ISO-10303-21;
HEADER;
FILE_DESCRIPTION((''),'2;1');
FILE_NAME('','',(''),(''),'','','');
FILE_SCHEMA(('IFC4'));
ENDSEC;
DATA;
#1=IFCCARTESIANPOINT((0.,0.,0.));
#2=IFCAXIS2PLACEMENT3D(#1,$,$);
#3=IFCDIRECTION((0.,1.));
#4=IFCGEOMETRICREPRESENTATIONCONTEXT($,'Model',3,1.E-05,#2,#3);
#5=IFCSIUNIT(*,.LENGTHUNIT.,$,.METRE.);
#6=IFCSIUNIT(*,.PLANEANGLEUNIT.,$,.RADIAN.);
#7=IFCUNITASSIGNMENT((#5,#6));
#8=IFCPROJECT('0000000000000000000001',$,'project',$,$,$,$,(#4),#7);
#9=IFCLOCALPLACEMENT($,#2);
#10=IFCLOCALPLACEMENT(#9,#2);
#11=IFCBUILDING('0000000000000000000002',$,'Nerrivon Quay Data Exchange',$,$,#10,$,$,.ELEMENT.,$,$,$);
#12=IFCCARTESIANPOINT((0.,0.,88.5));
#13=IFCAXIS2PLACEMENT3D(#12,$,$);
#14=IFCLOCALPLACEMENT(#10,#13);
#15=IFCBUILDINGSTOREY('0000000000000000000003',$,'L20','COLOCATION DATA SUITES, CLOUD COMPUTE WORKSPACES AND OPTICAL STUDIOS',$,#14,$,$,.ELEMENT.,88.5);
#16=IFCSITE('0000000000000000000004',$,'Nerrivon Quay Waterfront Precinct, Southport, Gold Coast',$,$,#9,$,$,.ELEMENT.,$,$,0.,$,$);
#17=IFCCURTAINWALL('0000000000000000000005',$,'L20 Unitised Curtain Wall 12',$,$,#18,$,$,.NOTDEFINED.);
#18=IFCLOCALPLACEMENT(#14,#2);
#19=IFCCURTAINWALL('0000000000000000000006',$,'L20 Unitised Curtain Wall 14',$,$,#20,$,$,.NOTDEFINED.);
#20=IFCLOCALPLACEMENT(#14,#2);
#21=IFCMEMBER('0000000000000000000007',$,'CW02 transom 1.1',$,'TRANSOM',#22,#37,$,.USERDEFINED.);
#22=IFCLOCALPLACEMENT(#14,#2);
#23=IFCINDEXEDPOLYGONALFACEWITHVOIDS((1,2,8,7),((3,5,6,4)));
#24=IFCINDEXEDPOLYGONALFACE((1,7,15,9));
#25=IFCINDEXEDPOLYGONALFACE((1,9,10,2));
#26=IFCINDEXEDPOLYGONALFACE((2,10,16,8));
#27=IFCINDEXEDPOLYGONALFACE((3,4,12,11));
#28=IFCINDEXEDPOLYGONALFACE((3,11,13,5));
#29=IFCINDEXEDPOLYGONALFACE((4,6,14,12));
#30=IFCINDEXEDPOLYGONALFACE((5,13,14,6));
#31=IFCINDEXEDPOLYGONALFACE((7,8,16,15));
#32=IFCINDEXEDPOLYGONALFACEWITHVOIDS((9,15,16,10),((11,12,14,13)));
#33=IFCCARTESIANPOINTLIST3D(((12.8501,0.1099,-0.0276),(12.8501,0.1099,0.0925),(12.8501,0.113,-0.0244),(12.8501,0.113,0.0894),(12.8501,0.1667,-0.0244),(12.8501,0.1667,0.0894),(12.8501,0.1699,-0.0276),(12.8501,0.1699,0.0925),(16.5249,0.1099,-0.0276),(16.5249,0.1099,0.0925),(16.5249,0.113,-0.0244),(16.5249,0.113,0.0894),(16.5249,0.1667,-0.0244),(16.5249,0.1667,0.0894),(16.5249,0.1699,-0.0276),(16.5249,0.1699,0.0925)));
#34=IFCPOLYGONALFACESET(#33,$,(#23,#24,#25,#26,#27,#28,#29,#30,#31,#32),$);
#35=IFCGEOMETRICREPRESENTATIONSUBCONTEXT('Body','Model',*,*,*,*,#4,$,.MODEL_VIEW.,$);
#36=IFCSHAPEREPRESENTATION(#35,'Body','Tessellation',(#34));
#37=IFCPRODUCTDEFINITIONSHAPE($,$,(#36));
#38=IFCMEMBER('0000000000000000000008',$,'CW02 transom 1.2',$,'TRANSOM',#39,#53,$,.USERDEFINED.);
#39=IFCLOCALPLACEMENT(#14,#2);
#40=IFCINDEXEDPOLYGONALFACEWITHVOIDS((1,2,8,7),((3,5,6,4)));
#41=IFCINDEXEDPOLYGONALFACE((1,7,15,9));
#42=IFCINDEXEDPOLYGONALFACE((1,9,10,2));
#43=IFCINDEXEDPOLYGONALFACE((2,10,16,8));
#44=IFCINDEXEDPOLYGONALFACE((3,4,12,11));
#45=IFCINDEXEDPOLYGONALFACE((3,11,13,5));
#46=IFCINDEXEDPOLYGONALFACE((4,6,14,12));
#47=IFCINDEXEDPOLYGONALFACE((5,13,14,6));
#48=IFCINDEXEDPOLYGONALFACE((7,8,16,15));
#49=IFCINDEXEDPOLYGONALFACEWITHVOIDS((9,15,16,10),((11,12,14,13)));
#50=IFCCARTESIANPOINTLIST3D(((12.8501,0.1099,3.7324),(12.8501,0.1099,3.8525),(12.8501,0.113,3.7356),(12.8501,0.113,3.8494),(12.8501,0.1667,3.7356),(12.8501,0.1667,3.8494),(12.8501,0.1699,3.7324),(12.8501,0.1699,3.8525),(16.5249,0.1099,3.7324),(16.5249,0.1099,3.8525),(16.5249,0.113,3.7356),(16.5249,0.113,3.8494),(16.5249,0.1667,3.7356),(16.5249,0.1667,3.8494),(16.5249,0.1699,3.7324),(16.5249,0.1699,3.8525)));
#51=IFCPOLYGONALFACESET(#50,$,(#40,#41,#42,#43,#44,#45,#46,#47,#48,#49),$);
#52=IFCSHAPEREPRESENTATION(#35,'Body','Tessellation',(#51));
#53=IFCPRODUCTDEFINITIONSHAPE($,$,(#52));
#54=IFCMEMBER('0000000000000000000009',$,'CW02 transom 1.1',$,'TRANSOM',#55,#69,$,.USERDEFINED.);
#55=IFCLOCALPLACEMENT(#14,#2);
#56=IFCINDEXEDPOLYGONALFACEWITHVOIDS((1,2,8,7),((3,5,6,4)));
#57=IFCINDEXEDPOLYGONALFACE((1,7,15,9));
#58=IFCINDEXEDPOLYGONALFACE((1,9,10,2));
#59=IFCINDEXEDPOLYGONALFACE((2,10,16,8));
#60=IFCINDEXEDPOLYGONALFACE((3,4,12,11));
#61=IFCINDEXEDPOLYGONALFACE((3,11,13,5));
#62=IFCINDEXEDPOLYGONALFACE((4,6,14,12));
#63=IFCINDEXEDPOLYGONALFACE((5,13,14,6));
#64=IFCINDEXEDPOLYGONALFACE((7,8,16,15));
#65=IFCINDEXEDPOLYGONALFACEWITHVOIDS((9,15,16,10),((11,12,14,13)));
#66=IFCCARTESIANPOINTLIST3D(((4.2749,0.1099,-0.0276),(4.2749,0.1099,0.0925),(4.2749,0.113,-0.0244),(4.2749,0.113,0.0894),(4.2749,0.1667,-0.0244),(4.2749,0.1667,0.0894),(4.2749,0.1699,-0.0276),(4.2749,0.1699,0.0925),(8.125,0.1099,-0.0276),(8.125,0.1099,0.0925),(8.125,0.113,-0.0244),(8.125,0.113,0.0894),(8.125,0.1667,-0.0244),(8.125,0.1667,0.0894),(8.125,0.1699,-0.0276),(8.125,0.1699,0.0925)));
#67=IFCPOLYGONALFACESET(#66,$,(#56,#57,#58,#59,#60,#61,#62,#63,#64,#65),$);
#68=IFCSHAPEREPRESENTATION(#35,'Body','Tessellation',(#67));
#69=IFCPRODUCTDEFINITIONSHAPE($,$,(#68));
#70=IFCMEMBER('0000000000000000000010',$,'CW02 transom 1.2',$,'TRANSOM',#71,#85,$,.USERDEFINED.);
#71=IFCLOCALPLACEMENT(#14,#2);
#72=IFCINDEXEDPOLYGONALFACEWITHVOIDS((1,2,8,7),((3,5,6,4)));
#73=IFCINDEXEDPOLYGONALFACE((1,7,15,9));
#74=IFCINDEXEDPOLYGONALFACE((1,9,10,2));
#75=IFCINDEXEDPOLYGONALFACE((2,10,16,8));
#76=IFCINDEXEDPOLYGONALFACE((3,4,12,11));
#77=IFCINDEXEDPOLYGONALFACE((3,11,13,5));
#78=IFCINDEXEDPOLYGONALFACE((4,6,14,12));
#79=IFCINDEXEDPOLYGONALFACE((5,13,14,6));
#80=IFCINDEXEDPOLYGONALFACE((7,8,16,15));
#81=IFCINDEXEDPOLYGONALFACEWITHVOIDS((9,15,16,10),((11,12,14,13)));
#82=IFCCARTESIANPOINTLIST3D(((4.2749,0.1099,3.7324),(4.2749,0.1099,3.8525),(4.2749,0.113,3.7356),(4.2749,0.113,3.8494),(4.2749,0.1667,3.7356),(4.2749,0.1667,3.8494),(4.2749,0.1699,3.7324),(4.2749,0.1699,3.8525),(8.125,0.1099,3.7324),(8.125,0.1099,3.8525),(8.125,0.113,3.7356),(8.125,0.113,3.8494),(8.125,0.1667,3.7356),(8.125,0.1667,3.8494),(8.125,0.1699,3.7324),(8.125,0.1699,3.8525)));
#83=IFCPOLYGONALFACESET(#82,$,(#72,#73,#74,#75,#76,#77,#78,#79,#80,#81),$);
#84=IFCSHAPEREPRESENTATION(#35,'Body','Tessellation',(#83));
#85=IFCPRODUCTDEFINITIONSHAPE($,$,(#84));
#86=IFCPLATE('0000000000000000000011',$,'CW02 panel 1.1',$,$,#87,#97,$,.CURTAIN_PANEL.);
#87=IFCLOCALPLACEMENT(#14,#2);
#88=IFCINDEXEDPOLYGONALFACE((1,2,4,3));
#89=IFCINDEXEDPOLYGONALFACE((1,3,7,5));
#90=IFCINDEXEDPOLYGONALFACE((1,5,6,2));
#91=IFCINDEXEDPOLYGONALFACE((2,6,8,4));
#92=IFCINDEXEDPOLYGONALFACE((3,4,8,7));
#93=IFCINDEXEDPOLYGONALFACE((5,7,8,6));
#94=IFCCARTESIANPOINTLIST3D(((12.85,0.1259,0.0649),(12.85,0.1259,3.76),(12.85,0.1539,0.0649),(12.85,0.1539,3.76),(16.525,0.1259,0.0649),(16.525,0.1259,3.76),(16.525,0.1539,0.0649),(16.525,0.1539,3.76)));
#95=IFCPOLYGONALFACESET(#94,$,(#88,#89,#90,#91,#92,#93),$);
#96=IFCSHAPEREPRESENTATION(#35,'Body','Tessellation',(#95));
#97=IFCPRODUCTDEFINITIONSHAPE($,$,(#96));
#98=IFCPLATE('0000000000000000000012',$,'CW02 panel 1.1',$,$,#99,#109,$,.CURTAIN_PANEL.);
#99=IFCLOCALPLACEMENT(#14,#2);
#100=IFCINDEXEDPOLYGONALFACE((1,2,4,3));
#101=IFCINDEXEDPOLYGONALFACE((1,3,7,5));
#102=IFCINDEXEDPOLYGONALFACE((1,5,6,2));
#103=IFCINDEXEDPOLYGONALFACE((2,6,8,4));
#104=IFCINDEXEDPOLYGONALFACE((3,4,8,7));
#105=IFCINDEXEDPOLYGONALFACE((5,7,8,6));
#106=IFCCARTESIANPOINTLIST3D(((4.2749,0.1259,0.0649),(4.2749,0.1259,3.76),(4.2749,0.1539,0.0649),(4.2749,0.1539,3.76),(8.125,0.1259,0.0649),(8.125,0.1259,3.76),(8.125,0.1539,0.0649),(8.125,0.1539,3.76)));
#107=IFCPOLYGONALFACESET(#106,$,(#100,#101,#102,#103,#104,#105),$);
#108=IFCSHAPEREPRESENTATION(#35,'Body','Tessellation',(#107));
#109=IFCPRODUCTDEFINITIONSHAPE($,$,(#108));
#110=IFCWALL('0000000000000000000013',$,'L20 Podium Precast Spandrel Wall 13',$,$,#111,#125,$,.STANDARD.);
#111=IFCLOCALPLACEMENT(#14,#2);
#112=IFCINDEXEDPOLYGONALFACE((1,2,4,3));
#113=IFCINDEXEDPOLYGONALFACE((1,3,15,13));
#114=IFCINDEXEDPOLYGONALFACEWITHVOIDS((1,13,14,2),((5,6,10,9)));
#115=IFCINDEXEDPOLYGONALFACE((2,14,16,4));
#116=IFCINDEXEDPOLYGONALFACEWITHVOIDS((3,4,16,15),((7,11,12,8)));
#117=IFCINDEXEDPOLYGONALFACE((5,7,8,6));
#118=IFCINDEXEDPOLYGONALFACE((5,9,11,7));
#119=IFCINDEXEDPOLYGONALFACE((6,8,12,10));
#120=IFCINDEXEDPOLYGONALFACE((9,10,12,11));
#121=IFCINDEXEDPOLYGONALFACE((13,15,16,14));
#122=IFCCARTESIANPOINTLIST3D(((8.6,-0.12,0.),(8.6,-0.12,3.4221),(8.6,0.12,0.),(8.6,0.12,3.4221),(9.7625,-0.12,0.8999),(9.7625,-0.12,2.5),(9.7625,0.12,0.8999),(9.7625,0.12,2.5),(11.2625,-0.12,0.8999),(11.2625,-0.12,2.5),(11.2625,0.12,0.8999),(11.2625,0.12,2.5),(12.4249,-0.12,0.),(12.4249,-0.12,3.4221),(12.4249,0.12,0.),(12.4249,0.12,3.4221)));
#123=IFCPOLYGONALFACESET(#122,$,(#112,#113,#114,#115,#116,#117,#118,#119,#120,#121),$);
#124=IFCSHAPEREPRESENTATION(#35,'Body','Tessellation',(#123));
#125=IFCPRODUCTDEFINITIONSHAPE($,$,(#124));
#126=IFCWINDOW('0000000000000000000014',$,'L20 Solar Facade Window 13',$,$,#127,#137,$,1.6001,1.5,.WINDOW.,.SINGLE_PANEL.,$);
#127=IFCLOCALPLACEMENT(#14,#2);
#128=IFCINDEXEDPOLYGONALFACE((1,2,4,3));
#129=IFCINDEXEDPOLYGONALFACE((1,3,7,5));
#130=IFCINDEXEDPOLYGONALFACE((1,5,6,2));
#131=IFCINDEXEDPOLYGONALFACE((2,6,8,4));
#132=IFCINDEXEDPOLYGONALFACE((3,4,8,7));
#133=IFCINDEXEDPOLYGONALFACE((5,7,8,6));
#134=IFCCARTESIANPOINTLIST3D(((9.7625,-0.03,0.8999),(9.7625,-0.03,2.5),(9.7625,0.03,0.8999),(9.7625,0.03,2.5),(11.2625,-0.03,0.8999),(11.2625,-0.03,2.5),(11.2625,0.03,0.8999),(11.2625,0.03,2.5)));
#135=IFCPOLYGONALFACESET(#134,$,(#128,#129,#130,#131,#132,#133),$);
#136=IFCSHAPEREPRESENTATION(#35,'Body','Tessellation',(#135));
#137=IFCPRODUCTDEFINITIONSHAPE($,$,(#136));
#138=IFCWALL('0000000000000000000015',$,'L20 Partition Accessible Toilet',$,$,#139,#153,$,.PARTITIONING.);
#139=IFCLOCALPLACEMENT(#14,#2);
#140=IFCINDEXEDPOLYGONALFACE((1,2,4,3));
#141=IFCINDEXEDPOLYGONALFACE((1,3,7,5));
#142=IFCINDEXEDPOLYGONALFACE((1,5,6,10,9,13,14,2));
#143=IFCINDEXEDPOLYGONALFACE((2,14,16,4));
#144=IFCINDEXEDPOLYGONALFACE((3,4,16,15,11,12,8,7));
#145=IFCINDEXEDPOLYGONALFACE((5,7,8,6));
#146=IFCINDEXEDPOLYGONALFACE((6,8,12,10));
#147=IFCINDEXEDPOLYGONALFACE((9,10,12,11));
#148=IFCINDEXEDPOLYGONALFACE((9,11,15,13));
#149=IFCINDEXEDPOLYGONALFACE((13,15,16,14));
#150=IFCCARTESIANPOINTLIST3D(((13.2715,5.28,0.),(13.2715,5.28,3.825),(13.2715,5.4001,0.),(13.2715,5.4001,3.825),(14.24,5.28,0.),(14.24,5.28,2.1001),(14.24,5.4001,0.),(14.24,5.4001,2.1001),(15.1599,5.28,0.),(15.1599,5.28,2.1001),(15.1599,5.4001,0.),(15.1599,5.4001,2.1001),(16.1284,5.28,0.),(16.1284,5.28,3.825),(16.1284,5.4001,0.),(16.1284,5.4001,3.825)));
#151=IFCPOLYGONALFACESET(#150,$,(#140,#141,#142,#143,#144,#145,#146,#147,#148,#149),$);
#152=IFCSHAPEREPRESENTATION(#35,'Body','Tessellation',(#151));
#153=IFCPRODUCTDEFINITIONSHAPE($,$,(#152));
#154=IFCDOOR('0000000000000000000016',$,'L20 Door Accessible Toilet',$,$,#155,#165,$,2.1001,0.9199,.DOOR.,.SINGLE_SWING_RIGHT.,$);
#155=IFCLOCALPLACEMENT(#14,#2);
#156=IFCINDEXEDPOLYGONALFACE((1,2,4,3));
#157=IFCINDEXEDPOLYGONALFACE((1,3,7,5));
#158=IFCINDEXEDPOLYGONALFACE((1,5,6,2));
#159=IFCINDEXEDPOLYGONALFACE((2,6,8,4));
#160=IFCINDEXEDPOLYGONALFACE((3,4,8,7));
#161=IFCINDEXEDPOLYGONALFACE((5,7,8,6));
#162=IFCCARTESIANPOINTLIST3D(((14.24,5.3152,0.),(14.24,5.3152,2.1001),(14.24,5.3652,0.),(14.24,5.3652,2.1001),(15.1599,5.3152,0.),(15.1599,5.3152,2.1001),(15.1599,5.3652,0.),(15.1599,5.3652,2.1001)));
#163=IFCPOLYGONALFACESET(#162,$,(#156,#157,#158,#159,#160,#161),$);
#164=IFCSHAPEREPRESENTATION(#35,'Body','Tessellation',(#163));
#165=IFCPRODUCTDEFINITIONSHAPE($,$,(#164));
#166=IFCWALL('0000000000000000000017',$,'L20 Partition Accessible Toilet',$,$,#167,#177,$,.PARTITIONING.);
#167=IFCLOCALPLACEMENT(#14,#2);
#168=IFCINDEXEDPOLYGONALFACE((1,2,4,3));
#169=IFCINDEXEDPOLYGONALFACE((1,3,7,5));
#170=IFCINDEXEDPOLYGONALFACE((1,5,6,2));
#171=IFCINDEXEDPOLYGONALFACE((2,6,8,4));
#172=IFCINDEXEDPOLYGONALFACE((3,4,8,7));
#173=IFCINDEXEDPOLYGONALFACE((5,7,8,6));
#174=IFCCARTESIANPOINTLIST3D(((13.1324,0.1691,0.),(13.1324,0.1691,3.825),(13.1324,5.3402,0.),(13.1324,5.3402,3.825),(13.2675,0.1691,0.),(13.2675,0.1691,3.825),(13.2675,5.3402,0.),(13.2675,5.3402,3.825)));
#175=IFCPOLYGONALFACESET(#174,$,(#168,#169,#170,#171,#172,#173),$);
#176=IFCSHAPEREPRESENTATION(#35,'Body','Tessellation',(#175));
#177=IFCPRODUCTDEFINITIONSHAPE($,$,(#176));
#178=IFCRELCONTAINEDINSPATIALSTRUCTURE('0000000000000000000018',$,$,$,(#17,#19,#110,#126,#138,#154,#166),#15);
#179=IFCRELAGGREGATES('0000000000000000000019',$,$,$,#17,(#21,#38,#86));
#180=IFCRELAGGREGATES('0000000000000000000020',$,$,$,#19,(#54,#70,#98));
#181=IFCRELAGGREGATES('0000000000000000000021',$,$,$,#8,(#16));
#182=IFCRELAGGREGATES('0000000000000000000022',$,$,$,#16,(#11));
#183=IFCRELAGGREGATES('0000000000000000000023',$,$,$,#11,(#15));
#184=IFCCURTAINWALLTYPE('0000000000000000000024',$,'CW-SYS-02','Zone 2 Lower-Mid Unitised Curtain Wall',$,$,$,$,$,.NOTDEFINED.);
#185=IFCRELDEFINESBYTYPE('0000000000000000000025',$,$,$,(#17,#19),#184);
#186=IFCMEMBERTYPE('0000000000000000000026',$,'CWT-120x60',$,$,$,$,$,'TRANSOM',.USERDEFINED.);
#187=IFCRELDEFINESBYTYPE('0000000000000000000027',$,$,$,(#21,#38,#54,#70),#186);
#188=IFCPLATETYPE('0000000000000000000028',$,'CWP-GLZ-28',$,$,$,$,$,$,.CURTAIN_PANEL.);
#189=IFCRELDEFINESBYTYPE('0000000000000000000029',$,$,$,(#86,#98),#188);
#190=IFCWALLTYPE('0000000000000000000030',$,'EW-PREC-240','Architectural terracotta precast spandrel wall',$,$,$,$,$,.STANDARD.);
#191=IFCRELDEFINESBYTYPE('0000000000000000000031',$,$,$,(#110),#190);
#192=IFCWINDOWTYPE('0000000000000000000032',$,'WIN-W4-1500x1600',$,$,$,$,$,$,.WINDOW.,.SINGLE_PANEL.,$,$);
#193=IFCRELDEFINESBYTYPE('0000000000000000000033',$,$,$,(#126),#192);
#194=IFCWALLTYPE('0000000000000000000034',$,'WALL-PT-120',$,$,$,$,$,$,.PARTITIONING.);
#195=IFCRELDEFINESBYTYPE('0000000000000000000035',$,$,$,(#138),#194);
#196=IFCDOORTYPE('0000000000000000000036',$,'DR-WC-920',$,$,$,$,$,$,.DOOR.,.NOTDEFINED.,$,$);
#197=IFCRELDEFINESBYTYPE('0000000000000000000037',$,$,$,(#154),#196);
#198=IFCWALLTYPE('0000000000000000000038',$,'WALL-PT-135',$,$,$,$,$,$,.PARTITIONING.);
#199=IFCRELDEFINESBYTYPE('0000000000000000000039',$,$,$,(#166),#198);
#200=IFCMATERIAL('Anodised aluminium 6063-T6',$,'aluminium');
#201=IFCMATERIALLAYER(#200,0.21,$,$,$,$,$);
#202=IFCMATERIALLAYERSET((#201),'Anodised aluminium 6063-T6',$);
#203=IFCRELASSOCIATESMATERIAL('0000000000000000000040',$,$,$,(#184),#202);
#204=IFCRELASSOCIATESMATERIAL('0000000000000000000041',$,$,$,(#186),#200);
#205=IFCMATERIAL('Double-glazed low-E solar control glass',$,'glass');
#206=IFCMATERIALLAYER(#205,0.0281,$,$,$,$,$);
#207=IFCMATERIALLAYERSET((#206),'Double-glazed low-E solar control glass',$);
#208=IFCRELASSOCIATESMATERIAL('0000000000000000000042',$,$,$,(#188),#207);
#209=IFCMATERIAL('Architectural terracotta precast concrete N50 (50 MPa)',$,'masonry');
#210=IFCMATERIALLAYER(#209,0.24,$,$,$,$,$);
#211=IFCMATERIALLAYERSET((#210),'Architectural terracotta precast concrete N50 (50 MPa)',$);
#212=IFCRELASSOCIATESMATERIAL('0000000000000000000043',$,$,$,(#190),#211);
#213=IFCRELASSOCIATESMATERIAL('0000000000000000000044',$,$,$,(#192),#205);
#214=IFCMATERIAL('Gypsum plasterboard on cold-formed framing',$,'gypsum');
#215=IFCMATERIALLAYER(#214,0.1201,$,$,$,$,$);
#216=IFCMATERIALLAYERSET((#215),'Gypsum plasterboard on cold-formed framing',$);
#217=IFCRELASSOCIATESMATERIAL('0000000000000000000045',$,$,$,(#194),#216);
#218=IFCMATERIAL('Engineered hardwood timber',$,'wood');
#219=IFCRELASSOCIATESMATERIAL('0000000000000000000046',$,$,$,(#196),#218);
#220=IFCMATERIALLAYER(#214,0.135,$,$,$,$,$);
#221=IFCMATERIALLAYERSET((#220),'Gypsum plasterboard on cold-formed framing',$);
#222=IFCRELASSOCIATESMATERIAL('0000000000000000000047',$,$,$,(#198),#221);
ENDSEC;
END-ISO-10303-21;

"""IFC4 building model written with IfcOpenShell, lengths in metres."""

from ifc_helpers import new_model, si_unit, direction, frame, frame_2d, origin, origin_2d, place, context, subcontext, project, spatial, rectangle, hollow_rectangle, extrude, material, layer, layer_set, material_profile, profile_set, type_object, element, fill, aggregate, save


model = new_model("IFC4")

# Units and contexts
model_context = context("Model", 3, precision=1e-05, world=origin(), true_north=direction((0.0, 1.0)))
body_context = subcontext(model_context, "Body", "Model", "MODEL_VIEW")
ifc_project = project(units=[si_unit("LENGTHUNIT", "METRE"), si_unit("PLANEANGLEUNIT", "RADIAN")], contexts=[model_context])

# Site, building, storey
site_placement = place(None, origin())
site = spatial("IfcSite", under=ifc_project, at=site_placement, Name="Nerrivon Quay Waterfront Precinct, Southport, Gold Coast", CompositionType="ELEMENT", RefElevation=0.0)
building_placement = place(site_placement, origin())
building = spatial("IfcBuilding", under=site, at=building_placement, Name="Nerrivon Quay Data Exchange", CompositionType="ELEMENT")
storey_placement = place(building_placement, frame((0.0, 0.0, 88.5)))
storey = spatial("IfcBuildingStorey", under=building, at=storey_placement, Name="L20", Description="COLOCATION DATA SUITES, CLOUD COMPUTE WORKSPACES AND OPTICAL STUDIOS", CompositionType="ELEMENT", Elevation=88.5)

# Curtain wall
ifc_material_1 = material(Name="Anodised aluminium 6063-T6", Category="aluminium")
ifc_layer_1 = layer(ifc_material_1, 0.21)
ifc_layer_set_1 = layer_set([ifc_layer_1], Name="Anodised aluminium 6063-T6")
curtain_wall_type = type_object("IfcCurtainWallType", Name="CW-SYS-02", Description="Zone 2 Lower-Mid Unitised Curtain Wall", PredefinedType="NOTDEFINED", material=ifc_layer_set_1)
curtain_wall_1_placement = place(storey_placement, origin())
curtain_wall_1 = element("IfcCurtainWall", 1, at=curtain_wall_1_placement, inside=storey, type_object=curtain_wall_type, Name="L20 Unitised Curtain Wall 12", PredefinedType="NOTDEFINED")

# Curtain wall
curtain_wall_2_placement = place(storey_placement, origin())
curtain_wall_2 = element("IfcCurtainWall", 2, at=curtain_wall_2_placement, inside=storey, type_object=curtain_wall_type, Name="L20 Unitised Curtain Wall 14", PredefinedType="NOTDEFINED")

# Members
ifc_material_profile_1 = material_profile(ifc_material_1, hollow_rectangle(XDim=0.0601, YDim=0.1201, WallThickness=0.0032, at=origin_2d()), Name="ALU-TRAN-120x60")
ifc_profile_set_1 = profile_set([ifc_material_profile_1], Name="Anodised aluminium 6063-T6")
member_type_1 = type_object("IfcMemberType", Name="CWT-120x60", ElementType="TRANSOM", PredefinedType="USERDEFINED", material=ifc_profile_set_1)
member_1_placement = place(storey_placement, frame((16.5249, 0.1399, 0.0325), z_axis=(-1.0, 0.0, 0.0), x_axis=(0.0, -1.0, 0.0)))
member_1 = element("IfcMember", 3, at=member_1_placement, type_object=member_type_1, Name="CW02 transom 1.1", ObjectType="TRANSOM", PredefinedType="USERDEFINED", context=body_context, shape_type="SweptSolid", body=[
    extrude(hollow_rectangle(XDim=0.0601, YDim=0.1201, WallThickness=0.0032, at=origin_2d()), origin(), (0.0, 0.0, 1.0), 3.6748),
])
member_2_placement = place(storey_placement, frame((16.5249, 0.1399, 3.7925), z_axis=(-1.0, 0.0, 0.0), x_axis=(0.0, -1.0, 0.0)))
member_2 = element("IfcMember", 4, at=member_2_placement, type_object=member_type_1, Name="CW02 transom 1.2", ObjectType="TRANSOM", PredefinedType="USERDEFINED", context=body_context, shape_type="SweptSolid", body=[
    extrude(hollow_rectangle(XDim=0.0601, YDim=0.1201, WallThickness=0.0032, at=origin_2d()), origin(), (0.0, 0.0, 1.0), 3.6748),
])
member_3_placement = place(storey_placement, frame((8.125, 0.1399, 0.0325), z_axis=(-1.0, 0.0, 0.0), x_axis=(0.0, -1.0, 0.0)))
member_3 = element("IfcMember", 5, at=member_3_placement, type_object=member_type_1, Name="CW02 transom 1.1", ObjectType="TRANSOM", PredefinedType="USERDEFINED", context=body_context, shape_type="SweptSolid", body=[
    extrude(hollow_rectangle(XDim=0.0601, YDim=0.1201, WallThickness=0.0032, at=origin_2d()), origin(), (0.0, 0.0, 1.0), 3.8501),
])
member_4_placement = place(storey_placement, frame((8.125, 0.1399, 3.7925), z_axis=(-1.0, 0.0, 0.0), x_axis=(0.0, -1.0, 0.0)))
member_4 = element("IfcMember", 6, at=member_4_placement, type_object=member_type_1, Name="CW02 transom 1.2", ObjectType="TRANSOM", PredefinedType="USERDEFINED", context=body_context, shape_type="SweptSolid", body=[
    extrude(hollow_rectangle(XDim=0.0601, YDim=0.1201, WallThickness=0.0032, at=origin_2d()), origin(), (0.0, 0.0, 1.0), 3.8501),
])

# Plates
ifc_material_2 = material(Name="Double-glazed low-E solar control glass", Category="glass")
ifc_layer_2 = layer(ifc_material_2, 0.0281)
ifc_layer_set_2 = layer_set([ifc_layer_2], Name="Double-glazed low-E solar control glass")
plate_type = type_object("IfcPlateType", Name="CWP-GLZ-28", PredefinedType="CURTAIN_PANEL", material=ifc_layer_set_2)
plate_1_placement = place(storey_placement, frame((14.6875, 0.1399, 0.0649), z_axis=(0.0, 0.0, 1.0), x_axis=(-1.0, 0.0, 0.0)))
plate_1 = element("IfcPlate", 7, at=plate_1_placement, type_object=plate_type, Name="CW02 panel 1.1", PredefinedType="CURTAIN_PANEL", context=body_context, shape_type="SweptSolid", body=[
    extrude(rectangle(XDim=3.675, YDim=0.0281, at=origin_2d()), origin(), (0.0, 0.0, 1.0), 3.6951),
])
aggregate(curtain_wall_1, [member_1, member_2, plate_1])
plate_2_placement = place(storey_placement, frame((6.2, 0.1399, 0.0649), z_axis=(0.0, 0.0, 1.0), x_axis=(-1.0, 0.0, 0.0)))
plate_2 = element("IfcPlate", 8, at=plate_2_placement, type_object=plate_type, Name="CW02 panel 1.1", PredefinedType="CURTAIN_PANEL", context=body_context, shape_type="SweptSolid", body=[
    extrude(rectangle(XDim=3.8501, YDim=0.0281, at=origin_2d()), origin(), (0.0, 0.0, 1.0), 3.6951),
])
aggregate(curtain_wall_2, [member_3, member_4, plate_2])

# Wall, opening, window
ifc_material_3 = material(Name="Architectural terracotta precast concrete N50 (50 MPa)", Category="masonry")
ifc_layer_3 = layer(ifc_material_3, 0.24)
ifc_layer_set_3 = layer_set([ifc_layer_3], Name="Architectural terracotta precast concrete N50 (50 MPa)")
wall_type_1 = type_object("IfcWallType", Name="EW-PREC-240", Description="Architectural terracotta precast spandrel wall", PredefinedType="STANDARD", material=ifc_layer_set_3)
wall_1_placement = place(storey_placement, frame((12.425, 0.0, 0.0), z_axis=(0.0, 0.0, 1.0), x_axis=(-1.0, 0.0, 0.0)))
wall_1 = element("IfcWall", 9, at=wall_1_placement, inside=storey, type_object=wall_type_1, Name="L20 Podium Precast Spandrel Wall 13", PredefinedType="STANDARD", context=body_context, shape_type="SweptSolid", body=[
    extrude(rectangle(XDim=3.825, YDim=0.24, at=frame_2d((1.9126, 0.0))), origin(), (0.0, 0.0, 1.0), 3.4221),
])
opening_1_placement = place(wall_1_placement, frame((1.1626, 0.0, 0.8999)))
opening_1 = element("IfcOpeningElement", 10, at=opening_1_placement, cuts=wall_1, PredefinedType="OPENING", context=body_context, shape_type="SweptSolid", body=[
    extrude(rectangle(XDim=1.5, YDim=1.6001, at=frame_2d((0.75, 0.8))), frame((0.0, 0.1299, 0.0), z_axis=(0.0, -1.0, 0.0), x_axis=(1.0, 0.0, 0.0)), (0.0, 0.0, 1.0), 0.26),
])
window_type = type_object("IfcWindowType", Name="WIN-W4-1500x1600", PartitioningType="SINGLE_PANEL", PredefinedType="WINDOW", material=ifc_material_2)
window_placement = place(opening_1_placement, origin())
window = element("IfcWindow", 11, at=window_placement, inside=storey, type_object=window_type, Name="L20 Solar Facade Window 13", OverallHeight=1.6001, OverallWidth=1.5, PartitioningType="SINGLE_PANEL", PredefinedType="WINDOW", context=body_context, shape_type="SweptSolid", body=[
    extrude(rectangle(XDim=1.5, YDim=1.6001, at=frame_2d((0.75, 0.8))), frame((0.0, 0.03, 0.0), z_axis=(0.0, -1.0, 0.0), x_axis=(1.0, 0.0, 0.0)), (0.0, 0.0, 1.0), 0.0601),
])
fill(opening_1, window)

# Wall, opening, door
ifc_material_4 = material(Name="Gypsum plasterboard on cold-formed framing", Category="gypsum")
ifc_layer_4 = layer(ifc_material_4, 0.1201)
ifc_layer_set_4 = layer_set([ifc_layer_4], Name="Gypsum plasterboard on cold-formed framing")
wall_type_2 = type_object("IfcWallType", Name="WALL-PT-120", PredefinedType="PARTITIONING", material=ifc_layer_set_4)
wall_2_placement = place(storey_placement, frame((16.1284, 5.3401, 0.0), z_axis=(0.0, 0.0, 1.0), x_axis=(-1.0, 0.0, 0.0)))
wall_2 = element("IfcWall", 12, at=wall_2_placement, inside=storey, type_object=wall_type_2, Name="L20 Partition Accessible Toilet", PredefinedType="PARTITIONING", context=body_context, shape_type="SweptSolid", body=[
    extrude(rectangle(XDim=2.8569, YDim=0.1201, at=frame_2d((1.4285, 0.0))), origin(), (0.0, 0.0, 1.0), 3.825),
])
opening_2_placement = place(wall_2_placement, frame((0.9685, 0.0, 0.0)))
opening_2 = element("IfcOpeningElement", 13, at=opening_2_placement, cuts=wall_2, PredefinedType="OPENING", context=body_context, shape_type="SweptSolid", body=[
    extrude(rectangle(XDim=0.9199, YDim=2.1001, at=frame_2d((0.46, 1.05))), frame((0.0, 0.0701, 0.0), z_axis=(0.0, -1.0, 0.0), x_axis=(1.0, 0.0, 0.0)), (0.0, 0.0, 1.0), 0.1401),
])
ifc_material_5 = material(Name="Engineered hardwood timber", Category="wood")
door_type = type_object("IfcDoorType", Name="DR-WC-920", OperationType="NOTDEFINED", PredefinedType="DOOR", material=ifc_material_5)
door_placement = place(opening_2_placement, origin())
door = element("IfcDoor", 14, at=door_placement, inside=storey, type_object=door_type, Name="L20 Door Accessible Toilet", OperationType="SINGLE_SWING_RIGHT", OverallHeight=2.1001, OverallWidth=0.9199, PredefinedType="DOOR", context=body_context, shape_type="SweptSolid", body=[
    extrude(rectangle(XDim=0.9199, YDim=2.1001, at=frame_2d((0.46, 1.05))), frame((0.0, 0.0249, 0.0), z_axis=(0.0, -1.0, 0.0), x_axis=(1.0, 0.0, 0.0)), (0.0, 0.0, 1.0), 0.05),
])
fill(opening_2, door)

# Wall
ifc_layer_5 = layer(ifc_material_4, 0.135)
ifc_layer_set_5 = layer_set([ifc_layer_5], Name="Gypsum plasterboard on cold-formed framing")
wall_type_3 = type_object("IfcWallType", Name="WALL-PT-135", PredefinedType="PARTITIONING", material=ifc_layer_set_5)
for number, where, z_axis, x_axis, name in (
    (15, (13.2, 5.3401, 0.0), (0.0, 0.0, 1.0), (0.0, -1.0, 0.0), "L20 Partition Accessible Toilet"),
):
    element("IfcWall", number, at=place(storey_placement, frame(where, z_axis=z_axis, x_axis=x_axis)), inside=storey, type_object=wall_type_3, Name=name, PredefinedType="PARTITIONING", context=body_context, shape_type="SweptSolid", body=[
        extrude(rectangle(XDim=5.1711, YDim=0.135, at=frame_2d((2.5854, 0.0))), origin(), (0.0, 0.0, 1.0), 3.825),
    ])

save(model, "model.ifc")
